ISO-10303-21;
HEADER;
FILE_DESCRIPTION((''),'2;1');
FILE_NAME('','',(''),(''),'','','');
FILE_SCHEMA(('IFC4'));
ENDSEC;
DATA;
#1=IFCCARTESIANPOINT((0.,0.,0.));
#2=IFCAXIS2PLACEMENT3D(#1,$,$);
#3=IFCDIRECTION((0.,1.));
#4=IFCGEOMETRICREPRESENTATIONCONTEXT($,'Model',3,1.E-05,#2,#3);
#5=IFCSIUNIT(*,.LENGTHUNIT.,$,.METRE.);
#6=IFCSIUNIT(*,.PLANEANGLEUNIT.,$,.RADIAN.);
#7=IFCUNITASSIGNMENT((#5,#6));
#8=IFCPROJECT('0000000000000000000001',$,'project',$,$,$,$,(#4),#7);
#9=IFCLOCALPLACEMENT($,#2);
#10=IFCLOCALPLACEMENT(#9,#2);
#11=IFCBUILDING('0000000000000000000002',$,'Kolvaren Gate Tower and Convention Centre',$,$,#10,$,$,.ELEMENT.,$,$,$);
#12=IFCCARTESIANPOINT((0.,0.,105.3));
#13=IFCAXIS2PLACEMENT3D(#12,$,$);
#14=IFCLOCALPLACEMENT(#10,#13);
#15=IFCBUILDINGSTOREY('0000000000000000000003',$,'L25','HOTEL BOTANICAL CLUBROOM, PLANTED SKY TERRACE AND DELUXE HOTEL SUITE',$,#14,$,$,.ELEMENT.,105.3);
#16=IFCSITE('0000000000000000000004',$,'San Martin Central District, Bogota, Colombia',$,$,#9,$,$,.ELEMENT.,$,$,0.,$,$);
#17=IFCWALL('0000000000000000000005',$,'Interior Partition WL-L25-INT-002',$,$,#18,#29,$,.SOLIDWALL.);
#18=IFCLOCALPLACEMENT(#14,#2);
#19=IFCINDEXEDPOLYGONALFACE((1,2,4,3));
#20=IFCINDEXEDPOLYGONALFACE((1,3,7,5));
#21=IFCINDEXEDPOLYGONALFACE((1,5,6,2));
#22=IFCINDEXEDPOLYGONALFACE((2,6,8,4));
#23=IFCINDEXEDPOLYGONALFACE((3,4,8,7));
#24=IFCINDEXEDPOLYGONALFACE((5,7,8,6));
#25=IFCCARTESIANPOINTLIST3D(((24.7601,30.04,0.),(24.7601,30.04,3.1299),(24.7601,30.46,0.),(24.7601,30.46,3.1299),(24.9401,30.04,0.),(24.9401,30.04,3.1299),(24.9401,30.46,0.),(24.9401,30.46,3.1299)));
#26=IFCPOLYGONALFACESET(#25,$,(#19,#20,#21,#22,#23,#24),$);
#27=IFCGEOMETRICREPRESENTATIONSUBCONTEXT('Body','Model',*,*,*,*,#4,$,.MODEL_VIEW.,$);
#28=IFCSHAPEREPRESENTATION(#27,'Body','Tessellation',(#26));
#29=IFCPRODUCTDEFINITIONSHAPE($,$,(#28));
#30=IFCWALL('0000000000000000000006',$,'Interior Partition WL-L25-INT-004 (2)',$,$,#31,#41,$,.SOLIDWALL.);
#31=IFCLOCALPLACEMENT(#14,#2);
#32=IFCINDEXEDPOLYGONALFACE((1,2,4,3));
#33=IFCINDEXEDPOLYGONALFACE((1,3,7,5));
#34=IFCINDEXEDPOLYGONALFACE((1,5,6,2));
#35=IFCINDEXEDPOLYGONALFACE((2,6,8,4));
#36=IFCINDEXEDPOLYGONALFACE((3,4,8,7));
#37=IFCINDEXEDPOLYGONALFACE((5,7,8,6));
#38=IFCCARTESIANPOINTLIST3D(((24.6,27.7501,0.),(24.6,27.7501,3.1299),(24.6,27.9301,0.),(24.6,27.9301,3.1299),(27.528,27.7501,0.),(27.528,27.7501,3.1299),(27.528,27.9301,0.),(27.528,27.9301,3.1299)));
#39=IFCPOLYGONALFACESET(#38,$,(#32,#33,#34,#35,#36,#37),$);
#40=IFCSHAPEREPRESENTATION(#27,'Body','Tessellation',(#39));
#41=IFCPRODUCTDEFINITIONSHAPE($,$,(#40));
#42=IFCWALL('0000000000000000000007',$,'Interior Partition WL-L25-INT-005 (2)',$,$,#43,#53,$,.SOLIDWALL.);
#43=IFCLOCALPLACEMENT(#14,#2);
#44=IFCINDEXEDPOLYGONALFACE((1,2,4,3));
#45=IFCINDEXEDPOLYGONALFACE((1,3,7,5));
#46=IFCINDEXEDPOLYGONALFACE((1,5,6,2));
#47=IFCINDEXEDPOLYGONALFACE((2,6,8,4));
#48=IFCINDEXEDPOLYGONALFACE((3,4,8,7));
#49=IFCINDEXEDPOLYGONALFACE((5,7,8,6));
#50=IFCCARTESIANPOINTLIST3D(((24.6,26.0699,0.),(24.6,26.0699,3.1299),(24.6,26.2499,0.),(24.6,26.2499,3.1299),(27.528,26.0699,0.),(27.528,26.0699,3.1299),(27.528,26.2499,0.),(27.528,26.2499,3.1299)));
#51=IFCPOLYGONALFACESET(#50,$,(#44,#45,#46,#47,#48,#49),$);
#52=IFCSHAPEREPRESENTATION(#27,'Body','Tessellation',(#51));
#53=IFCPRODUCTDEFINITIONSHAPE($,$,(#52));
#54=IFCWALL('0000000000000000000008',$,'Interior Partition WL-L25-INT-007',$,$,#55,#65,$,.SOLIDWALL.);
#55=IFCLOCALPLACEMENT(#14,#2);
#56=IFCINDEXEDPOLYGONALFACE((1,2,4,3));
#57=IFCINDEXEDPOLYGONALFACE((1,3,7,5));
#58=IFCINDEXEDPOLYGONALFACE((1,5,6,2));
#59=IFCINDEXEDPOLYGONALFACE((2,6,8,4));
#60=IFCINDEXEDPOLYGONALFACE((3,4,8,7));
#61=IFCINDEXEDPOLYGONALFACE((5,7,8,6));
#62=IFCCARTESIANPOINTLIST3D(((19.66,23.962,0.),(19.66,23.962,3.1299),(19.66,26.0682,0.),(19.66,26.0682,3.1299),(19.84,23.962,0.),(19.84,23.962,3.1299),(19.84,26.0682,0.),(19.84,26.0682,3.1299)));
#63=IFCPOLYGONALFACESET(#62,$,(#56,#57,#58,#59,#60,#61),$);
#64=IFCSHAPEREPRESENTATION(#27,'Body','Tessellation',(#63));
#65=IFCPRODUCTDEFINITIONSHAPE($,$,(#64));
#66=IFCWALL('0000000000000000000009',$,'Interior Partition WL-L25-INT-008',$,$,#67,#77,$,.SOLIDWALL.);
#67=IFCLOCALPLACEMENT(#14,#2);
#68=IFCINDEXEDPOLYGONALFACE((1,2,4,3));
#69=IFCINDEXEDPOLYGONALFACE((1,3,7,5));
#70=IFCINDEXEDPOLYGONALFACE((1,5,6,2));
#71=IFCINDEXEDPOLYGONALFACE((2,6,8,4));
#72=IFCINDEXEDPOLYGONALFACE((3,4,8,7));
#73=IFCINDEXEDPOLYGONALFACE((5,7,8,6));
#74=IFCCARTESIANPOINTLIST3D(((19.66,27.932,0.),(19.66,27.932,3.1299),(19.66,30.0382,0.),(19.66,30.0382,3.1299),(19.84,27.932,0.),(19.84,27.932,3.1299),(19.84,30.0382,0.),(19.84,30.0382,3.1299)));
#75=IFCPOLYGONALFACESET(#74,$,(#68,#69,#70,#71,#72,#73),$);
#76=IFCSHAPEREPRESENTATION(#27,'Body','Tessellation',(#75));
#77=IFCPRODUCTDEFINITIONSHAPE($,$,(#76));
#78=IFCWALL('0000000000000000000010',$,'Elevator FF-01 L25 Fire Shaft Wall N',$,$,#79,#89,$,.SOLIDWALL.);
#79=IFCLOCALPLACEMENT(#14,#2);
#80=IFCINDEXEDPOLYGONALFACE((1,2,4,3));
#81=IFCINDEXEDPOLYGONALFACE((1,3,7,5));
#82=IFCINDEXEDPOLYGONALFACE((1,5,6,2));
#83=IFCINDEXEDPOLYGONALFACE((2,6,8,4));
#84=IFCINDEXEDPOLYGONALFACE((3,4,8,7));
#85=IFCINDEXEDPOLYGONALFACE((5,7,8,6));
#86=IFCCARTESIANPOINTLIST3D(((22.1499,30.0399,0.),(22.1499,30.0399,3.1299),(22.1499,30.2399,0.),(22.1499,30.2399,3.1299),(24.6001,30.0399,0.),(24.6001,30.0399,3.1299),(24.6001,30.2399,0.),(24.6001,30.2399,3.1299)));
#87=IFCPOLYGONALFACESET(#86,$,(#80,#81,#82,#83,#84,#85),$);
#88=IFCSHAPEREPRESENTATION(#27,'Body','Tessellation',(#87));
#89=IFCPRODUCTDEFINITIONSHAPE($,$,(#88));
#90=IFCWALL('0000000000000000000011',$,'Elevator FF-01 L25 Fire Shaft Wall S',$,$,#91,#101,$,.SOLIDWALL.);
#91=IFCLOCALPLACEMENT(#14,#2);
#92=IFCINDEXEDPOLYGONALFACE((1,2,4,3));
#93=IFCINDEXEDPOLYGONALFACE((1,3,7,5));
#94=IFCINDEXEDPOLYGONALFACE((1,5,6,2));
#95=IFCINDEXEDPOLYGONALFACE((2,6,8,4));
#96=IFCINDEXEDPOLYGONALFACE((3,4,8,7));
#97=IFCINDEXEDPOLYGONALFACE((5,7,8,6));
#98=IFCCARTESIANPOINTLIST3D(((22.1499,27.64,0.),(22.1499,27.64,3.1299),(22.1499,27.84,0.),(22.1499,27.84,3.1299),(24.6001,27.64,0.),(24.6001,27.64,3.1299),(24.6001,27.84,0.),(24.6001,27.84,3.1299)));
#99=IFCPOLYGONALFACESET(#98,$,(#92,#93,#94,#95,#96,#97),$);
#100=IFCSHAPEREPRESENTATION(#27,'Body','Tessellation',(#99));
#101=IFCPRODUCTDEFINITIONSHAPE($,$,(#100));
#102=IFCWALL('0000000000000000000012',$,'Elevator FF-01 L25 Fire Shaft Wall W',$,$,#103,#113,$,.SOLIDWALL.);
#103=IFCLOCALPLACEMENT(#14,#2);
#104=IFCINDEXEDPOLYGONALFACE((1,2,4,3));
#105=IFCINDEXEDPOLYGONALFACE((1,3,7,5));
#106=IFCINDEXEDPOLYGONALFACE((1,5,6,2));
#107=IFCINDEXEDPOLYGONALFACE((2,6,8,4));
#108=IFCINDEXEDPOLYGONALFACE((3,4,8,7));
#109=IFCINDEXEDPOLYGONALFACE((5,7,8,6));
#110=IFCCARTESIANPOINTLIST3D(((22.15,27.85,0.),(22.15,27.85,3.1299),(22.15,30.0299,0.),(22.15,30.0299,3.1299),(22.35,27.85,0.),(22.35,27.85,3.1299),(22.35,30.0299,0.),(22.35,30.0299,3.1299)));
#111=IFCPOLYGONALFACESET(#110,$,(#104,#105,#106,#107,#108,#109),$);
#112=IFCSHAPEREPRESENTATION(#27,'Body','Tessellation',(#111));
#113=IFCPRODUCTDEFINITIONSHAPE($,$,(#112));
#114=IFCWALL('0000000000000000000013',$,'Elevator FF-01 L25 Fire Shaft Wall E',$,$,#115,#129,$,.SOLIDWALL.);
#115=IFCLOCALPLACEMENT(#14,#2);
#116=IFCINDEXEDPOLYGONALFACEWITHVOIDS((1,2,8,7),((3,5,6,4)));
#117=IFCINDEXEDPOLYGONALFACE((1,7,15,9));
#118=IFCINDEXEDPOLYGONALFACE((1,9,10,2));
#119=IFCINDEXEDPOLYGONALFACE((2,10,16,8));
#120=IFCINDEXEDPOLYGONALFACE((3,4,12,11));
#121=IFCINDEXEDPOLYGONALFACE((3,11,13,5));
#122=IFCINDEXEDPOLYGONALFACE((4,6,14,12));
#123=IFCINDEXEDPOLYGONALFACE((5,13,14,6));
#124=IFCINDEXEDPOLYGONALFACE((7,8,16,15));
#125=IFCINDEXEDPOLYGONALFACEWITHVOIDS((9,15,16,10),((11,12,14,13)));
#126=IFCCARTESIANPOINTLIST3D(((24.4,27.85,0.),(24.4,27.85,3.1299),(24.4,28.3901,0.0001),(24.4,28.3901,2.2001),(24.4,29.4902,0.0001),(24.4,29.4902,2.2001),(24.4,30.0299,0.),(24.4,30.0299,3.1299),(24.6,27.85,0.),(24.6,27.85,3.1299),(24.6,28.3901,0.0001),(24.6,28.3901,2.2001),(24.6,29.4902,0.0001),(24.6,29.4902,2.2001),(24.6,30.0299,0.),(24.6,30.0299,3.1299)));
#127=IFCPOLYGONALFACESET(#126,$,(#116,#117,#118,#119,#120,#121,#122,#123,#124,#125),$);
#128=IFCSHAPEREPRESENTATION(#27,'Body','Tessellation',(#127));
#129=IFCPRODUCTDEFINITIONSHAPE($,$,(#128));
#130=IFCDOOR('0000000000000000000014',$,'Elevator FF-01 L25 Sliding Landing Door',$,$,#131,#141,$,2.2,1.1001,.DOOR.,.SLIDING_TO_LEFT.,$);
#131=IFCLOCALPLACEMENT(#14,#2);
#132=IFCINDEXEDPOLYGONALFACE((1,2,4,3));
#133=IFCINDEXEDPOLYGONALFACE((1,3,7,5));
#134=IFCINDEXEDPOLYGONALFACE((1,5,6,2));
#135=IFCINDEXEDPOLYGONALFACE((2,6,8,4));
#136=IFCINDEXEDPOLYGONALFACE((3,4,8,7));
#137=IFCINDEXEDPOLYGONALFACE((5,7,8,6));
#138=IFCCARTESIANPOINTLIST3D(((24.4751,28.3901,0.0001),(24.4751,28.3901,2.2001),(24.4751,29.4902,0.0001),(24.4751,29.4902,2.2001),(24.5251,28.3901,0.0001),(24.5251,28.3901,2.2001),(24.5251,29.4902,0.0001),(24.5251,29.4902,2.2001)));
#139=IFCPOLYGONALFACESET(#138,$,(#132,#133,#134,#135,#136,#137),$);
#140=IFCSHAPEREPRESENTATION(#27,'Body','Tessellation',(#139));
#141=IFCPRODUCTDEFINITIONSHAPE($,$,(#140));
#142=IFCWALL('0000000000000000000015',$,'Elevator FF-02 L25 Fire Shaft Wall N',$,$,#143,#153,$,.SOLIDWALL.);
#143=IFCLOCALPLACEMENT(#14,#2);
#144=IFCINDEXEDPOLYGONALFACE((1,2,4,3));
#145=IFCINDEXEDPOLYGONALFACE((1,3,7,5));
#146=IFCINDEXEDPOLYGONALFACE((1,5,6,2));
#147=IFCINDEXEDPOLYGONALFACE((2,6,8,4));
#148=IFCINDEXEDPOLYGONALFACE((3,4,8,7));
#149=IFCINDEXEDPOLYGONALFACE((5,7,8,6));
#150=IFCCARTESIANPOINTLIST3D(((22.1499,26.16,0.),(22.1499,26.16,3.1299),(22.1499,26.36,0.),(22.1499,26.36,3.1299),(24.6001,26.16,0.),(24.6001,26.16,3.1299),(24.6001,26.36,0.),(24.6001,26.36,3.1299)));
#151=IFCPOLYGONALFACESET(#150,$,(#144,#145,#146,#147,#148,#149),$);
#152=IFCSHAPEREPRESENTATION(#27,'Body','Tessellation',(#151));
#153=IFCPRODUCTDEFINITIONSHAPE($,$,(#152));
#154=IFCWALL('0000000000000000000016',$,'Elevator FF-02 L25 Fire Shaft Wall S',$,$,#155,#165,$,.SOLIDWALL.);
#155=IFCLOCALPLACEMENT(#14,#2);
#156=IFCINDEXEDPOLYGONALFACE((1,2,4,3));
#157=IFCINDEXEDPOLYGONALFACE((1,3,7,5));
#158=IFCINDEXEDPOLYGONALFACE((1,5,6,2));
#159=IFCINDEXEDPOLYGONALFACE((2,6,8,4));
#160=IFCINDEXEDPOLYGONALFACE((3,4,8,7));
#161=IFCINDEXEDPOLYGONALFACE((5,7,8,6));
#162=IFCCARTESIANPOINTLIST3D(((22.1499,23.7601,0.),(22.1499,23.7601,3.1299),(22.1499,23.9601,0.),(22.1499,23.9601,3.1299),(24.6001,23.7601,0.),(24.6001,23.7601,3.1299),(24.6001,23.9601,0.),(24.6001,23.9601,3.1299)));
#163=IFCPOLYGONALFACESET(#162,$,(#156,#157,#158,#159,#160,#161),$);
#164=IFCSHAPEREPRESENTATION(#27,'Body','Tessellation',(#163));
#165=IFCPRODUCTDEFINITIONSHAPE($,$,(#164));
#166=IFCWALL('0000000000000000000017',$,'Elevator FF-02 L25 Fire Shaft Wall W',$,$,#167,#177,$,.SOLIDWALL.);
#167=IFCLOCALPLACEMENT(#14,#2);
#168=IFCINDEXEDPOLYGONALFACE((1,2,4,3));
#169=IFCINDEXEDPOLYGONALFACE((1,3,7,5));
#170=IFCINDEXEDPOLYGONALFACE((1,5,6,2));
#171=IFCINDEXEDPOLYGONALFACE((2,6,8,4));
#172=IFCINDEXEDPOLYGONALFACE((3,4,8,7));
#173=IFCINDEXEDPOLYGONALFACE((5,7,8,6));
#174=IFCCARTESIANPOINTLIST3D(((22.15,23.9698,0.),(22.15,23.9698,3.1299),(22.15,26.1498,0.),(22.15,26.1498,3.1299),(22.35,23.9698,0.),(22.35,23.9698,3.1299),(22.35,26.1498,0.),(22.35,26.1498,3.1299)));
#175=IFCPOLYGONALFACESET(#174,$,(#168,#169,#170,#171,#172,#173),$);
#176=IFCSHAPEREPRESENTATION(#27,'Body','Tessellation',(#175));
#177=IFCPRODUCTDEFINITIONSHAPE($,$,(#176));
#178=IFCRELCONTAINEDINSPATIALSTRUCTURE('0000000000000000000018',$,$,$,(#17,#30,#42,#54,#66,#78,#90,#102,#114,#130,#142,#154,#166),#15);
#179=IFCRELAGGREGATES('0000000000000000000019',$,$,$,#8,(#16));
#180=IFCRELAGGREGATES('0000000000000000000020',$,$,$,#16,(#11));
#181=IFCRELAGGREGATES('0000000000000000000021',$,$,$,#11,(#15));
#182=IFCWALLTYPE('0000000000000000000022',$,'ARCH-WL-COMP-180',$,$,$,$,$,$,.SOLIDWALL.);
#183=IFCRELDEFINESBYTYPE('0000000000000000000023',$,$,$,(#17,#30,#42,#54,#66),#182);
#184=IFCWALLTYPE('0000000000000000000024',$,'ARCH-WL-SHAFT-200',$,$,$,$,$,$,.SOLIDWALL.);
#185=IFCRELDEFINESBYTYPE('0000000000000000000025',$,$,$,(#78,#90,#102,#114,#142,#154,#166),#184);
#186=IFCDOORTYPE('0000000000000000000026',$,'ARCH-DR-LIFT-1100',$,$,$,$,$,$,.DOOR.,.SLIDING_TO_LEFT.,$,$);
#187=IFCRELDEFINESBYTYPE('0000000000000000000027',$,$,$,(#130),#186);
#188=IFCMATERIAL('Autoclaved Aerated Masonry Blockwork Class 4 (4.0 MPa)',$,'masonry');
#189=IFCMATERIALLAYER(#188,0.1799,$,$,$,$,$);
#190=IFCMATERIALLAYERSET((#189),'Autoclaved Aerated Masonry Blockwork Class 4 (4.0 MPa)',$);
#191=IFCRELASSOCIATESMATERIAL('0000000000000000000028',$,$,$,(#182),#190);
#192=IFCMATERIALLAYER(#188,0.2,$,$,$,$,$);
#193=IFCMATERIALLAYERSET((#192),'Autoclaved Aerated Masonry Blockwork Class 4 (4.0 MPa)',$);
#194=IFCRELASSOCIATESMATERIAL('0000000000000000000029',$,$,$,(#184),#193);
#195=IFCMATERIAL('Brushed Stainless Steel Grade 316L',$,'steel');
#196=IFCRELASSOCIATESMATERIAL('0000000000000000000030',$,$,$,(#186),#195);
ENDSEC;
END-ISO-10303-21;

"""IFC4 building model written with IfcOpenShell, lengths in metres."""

from ifc_helpers import new_model, si_unit, direction, frame, frame_2d, origin, place, context, subcontext, project, spatial, rectangle, extrude, material, layer, layer_set, type_object, element, fill, save


model = new_model("IFC4")

# Units and contexts
model_context = context("Model", 3, precision=1e-05, world=origin(), true_north=direction((0.0, 1.0)))
body_context = subcontext(model_context, "Body", "Model", "MODEL_VIEW")
ifc_project = project(units=[si_unit("LENGTHUNIT", "METRE"), si_unit("PLANEANGLEUNIT", "RADIAN")], contexts=[model_context])

# Site, building, storey
site_placement = place(None, origin())
site = spatial("IfcSite", under=ifc_project, at=site_placement, Name="San Martin Central District, Bogota, Colombia", CompositionType="ELEMENT", RefElevation=0.0)
building_placement = place(site_placement, origin())
building = spatial("IfcBuilding", under=site, at=building_placement, Name="Kolvaren Gate Tower and Convention Centre", CompositionType="ELEMENT")
storey_placement = place(building_placement, frame((0.0, 0.0, 105.3)))
storey = spatial("IfcBuildingStorey", under=building, at=storey_placement, Name="L25", Description="HOTEL BOTANICAL CLUBROOM, PLANTED SKY TERRACE AND DELUXE HOTEL SUITE", CompositionType="ELEMENT", Elevation=105.3)

# Walls
ifc_material_1 = material(Name="Autoclaved Aerated Masonry Blockwork Class 4 (4.0 MPa)", Category="masonry")
ifc_layer_1 = layer(ifc_material_1, 0.1799)
ifc_layer_set_1 = layer_set([ifc_layer_1], Name="Autoclaved Aerated Masonry Blockwork Class 4 (4.0 MPa)")
wall_type_1 = type_object("IfcWallType", Name="ARCH-WL-COMP-180", PredefinedType="SOLIDWALL", material=ifc_layer_set_1)
wall_1_placement = place(storey_placement, frame((24.8501, 30.04, 0.0), z_axis=(0.0, 0.0, 1.0), x_axis=(0.0, 1.0, 0.0)))
element("IfcWall", 1, at=wall_1_placement, inside=storey, type_object=wall_type_1, Name="Interior Partition WL-L25-INT-002", PredefinedType="SOLIDWALL", context=body_context, shape_type="SweptSolid", body=[
    extrude(rectangle(XDim=0.4199, YDim=0.1799, at=frame_2d((0.21, 0.0))), origin(), (0.0, 0.0, 1.0), 3.1299),
])
for number, where, z_axis, x_axis, name in (
    (2, (24.6001, 27.8401, 0.0), (0.0, 0.0, 1.0), (1.0, 0.0, 0.0), "Interior Partition WL-L25-INT-004 (2)"),
    (3, (24.6001, 26.1599, 0.0), (0.0, 0.0, 1.0), (1.0, 0.0, 0.0), "Interior Partition WL-L25-INT-005 (2)"),
):
    element("IfcWall", number, at=place(storey_placement, frame(where, z_axis=z_axis, x_axis=x_axis)), inside=storey, type_object=wall_type_1, Name=name, PredefinedType="SOLIDWALL", context=body_context, shape_type="SweptSolid", body=[
        extrude(rectangle(XDim=2.928, YDim=0.1799, at=frame_2d((1.4639, 0.0))), origin(), (0.0, 0.0, 1.0), 3.1299),
    ])
for number, where, z_axis, x_axis, name in (
    (4, (19.75, 23.9619, 0.0), (0.0, 0.0, 1.0), (0.0, 1.0, 0.0), "Interior Partition WL-L25-INT-007"),
    (5, (19.75, 27.9319, 0.0), (0.0, 0.0, 1.0), (0.0, 1.0, 0.0), "Interior Partition WL-L25-INT-008"),
):
    element("IfcWall", number, at=place(storey_placement, frame(where, z_axis=z_axis, x_axis=x_axis)), inside=storey, type_object=wall_type_1, Name=name, PredefinedType="SOLIDWALL", context=body_context, shape_type="SweptSolid", body=[
        extrude(rectangle(XDim=2.1062, YDim=0.1799, at=frame_2d((1.0532, 0.0))), origin(), (0.0, 0.0, 1.0), 3.1299),
    ])
ifc_layer_2 = layer(ifc_material_1, 0.2)
ifc_layer_set_2 = layer_set([ifc_layer_2], Name="Autoclaved Aerated Masonry Blockwork Class 4 (4.0 MPa)")
wall_type_2 = type_object("IfcWallType", Name="ARCH-WL-SHAFT-200", PredefinedType="SOLIDWALL", material=ifc_layer_set_2)
for number, where, z_axis, x_axis, name in (
    (6, (22.1499, 30.1399, 0.0), (0.0, 0.0, 1.0), (1.0, 0.0, 0.0), "Elevator FF-01 L25 Fire Shaft Wall N"),
    (7, (22.1499, 27.74, 0.0), (0.0, 0.0, 1.0), (1.0, 0.0, 0.0), "Elevator FF-01 L25 Fire Shaft Wall S"),
):
    element("IfcWall", number, at=place(storey_placement, frame(where, z_axis=z_axis, x_axis=x_axis)), inside=storey, type_object=wall_type_2, Name=name, PredefinedType="SOLIDWALL", context=body_context, shape_type="SweptSolid", body=[
        extrude(rectangle(XDim=2.4502, YDim=0.2, at=frame_2d((1.2251, 0.0))), origin(), (0.0, 0.0, 1.0), 3.1299),
    ])
wall_2_placement = place(storey_placement, frame((22.25, 27.8501, 0.0), z_axis=(0.0, 0.0, 1.0), x_axis=(0.0, 1.0, 0.0)))
element("IfcWall", 8, at=wall_2_placement, inside=storey, type_object=wall_type_2, Name="Elevator FF-01 L25 Fire Shaft Wall W", PredefinedType="SOLIDWALL", context=body_context, shape_type="SweptSolid", body=[
    extrude(rectangle(XDim=2.1799, YDim=0.2, at=frame_2d((1.0898, 0.0))), origin(), (0.0, 0.0, 1.0), 3.1299),
])

# Wall, opening, door
wall_3_placement = place(storey_placement, frame((24.5, 27.8501, 0.0), z_axis=(0.0, 0.0, 1.0), x_axis=(0.0, 1.0, 0.0)))
wall_3 = element("IfcWall", 9, at=wall_3_placement, inside=storey, type_object=wall_type_2, Name="Elevator FF-01 L25 Fire Shaft Wall E", PredefinedType="SOLIDWALL", context=body_context, shape_type="SweptSolid", body=[
    extrude(rectangle(XDim=2.1799, YDim=0.2, at=frame_2d((1.0898, 0.0))), origin(), (0.0, 0.0, 1.0), 3.1299),
])
opening_1_placement = place(wall_3_placement, frame((0.54, 0.0, 0.0)))
opening_1 = element("IfcOpeningElement", 10, at=opening_1_placement, cuts=wall_3, PredefinedType="OPENING", context=body_context, shape_type="SweptSolid", body=[
    extrude(rectangle(XDim=1.1001, YDim=2.2, at=frame_2d((0.55, 1.1001))), frame((0.0, 0.1099, 0.0), z_axis=(0.0, -1.0, 0.0), x_axis=(1.0, 0.0, 0.0)), (0.0, 0.0, 1.0), 0.22),
])
ifc_material_2 = material(Name="Brushed Stainless Steel Grade 316L", Category="steel")
door_type_1 = type_object("IfcDoorType", Name="ARCH-DR-LIFT-1100", OperationType="SLIDING_TO_LEFT", PredefinedType="DOOR", material=ifc_material_2)
door_1_placement = place(opening_1_placement, origin())
door_1 = element("IfcDoor", 11, at=door_1_placement, inside=storey, type_object=door_type_1, Name="Elevator FF-01 L25 Sliding Landing Door", OperationType="SLIDING_TO_LEFT", OverallHeight=2.2, OverallWidth=1.1001, PredefinedType="DOOR", context=body_context, shape_type="SweptSolid", body=[
    extrude(rectangle(XDim=1.1001, YDim=2.2, at=frame_2d((0.55, 1.1001))), frame((0.0, 0.0249, 0.0), z_axis=(0.0, -1.0, 0.0), x_axis=(1.0, 0.0, 0.0)), (0.0, 0.0, 1.0), 0.05),
])
fill(opening_1, door_1)

# Walls
for number, where, z_axis, x_axis, name in (
    (12, (22.1499, 26.26, 0.0), (0.0, 0.0, 1.0), (1.0, 0.0, 0.0), "Elevator FF-02 L25 Fire Shaft Wall N"),
    (13, (22.1499, 23.8601, 0.0), (0.0, 0.0, 1.0), (1.0, 0.0, 0.0), "Elevator FF-02 L25 Fire Shaft Wall S"),
):
    element("IfcWall", number, at=place(storey_placement, frame(where, z_axis=z_axis, x_axis=x_axis)), inside=storey, type_object=wall_type_2, Name=name, PredefinedType="SOLIDWALL", context=body_context, shape_type="SweptSolid", body=[
        extrude(rectangle(XDim=2.4502, YDim=0.2, at=frame_2d((1.2251, 0.0))), origin(), (0.0, 0.0, 1.0), 3.1299),
    ])
wall_4_placement = place(storey_placement, frame((22.25, 23.97, 0.0), z_axis=(0.0, 0.0, 1.0), x_axis=(0.0, 1.0, 0.0)))
element("IfcWall", 14, at=wall_4_placement, inside=storey, type_object=wall_type_2, Name="Elevator FF-02 L25 Fire Shaft Wall W", PredefinedType="SOLIDWALL", context=body_context, shape_type="SweptSolid", body=[
    extrude(rectangle(XDim=2.1799, YDim=0.2, at=frame_2d((1.0898, 0.0))), origin(), (0.0, 0.0, 1.0), 3.1299),
])

save(model, "model.ifc")
